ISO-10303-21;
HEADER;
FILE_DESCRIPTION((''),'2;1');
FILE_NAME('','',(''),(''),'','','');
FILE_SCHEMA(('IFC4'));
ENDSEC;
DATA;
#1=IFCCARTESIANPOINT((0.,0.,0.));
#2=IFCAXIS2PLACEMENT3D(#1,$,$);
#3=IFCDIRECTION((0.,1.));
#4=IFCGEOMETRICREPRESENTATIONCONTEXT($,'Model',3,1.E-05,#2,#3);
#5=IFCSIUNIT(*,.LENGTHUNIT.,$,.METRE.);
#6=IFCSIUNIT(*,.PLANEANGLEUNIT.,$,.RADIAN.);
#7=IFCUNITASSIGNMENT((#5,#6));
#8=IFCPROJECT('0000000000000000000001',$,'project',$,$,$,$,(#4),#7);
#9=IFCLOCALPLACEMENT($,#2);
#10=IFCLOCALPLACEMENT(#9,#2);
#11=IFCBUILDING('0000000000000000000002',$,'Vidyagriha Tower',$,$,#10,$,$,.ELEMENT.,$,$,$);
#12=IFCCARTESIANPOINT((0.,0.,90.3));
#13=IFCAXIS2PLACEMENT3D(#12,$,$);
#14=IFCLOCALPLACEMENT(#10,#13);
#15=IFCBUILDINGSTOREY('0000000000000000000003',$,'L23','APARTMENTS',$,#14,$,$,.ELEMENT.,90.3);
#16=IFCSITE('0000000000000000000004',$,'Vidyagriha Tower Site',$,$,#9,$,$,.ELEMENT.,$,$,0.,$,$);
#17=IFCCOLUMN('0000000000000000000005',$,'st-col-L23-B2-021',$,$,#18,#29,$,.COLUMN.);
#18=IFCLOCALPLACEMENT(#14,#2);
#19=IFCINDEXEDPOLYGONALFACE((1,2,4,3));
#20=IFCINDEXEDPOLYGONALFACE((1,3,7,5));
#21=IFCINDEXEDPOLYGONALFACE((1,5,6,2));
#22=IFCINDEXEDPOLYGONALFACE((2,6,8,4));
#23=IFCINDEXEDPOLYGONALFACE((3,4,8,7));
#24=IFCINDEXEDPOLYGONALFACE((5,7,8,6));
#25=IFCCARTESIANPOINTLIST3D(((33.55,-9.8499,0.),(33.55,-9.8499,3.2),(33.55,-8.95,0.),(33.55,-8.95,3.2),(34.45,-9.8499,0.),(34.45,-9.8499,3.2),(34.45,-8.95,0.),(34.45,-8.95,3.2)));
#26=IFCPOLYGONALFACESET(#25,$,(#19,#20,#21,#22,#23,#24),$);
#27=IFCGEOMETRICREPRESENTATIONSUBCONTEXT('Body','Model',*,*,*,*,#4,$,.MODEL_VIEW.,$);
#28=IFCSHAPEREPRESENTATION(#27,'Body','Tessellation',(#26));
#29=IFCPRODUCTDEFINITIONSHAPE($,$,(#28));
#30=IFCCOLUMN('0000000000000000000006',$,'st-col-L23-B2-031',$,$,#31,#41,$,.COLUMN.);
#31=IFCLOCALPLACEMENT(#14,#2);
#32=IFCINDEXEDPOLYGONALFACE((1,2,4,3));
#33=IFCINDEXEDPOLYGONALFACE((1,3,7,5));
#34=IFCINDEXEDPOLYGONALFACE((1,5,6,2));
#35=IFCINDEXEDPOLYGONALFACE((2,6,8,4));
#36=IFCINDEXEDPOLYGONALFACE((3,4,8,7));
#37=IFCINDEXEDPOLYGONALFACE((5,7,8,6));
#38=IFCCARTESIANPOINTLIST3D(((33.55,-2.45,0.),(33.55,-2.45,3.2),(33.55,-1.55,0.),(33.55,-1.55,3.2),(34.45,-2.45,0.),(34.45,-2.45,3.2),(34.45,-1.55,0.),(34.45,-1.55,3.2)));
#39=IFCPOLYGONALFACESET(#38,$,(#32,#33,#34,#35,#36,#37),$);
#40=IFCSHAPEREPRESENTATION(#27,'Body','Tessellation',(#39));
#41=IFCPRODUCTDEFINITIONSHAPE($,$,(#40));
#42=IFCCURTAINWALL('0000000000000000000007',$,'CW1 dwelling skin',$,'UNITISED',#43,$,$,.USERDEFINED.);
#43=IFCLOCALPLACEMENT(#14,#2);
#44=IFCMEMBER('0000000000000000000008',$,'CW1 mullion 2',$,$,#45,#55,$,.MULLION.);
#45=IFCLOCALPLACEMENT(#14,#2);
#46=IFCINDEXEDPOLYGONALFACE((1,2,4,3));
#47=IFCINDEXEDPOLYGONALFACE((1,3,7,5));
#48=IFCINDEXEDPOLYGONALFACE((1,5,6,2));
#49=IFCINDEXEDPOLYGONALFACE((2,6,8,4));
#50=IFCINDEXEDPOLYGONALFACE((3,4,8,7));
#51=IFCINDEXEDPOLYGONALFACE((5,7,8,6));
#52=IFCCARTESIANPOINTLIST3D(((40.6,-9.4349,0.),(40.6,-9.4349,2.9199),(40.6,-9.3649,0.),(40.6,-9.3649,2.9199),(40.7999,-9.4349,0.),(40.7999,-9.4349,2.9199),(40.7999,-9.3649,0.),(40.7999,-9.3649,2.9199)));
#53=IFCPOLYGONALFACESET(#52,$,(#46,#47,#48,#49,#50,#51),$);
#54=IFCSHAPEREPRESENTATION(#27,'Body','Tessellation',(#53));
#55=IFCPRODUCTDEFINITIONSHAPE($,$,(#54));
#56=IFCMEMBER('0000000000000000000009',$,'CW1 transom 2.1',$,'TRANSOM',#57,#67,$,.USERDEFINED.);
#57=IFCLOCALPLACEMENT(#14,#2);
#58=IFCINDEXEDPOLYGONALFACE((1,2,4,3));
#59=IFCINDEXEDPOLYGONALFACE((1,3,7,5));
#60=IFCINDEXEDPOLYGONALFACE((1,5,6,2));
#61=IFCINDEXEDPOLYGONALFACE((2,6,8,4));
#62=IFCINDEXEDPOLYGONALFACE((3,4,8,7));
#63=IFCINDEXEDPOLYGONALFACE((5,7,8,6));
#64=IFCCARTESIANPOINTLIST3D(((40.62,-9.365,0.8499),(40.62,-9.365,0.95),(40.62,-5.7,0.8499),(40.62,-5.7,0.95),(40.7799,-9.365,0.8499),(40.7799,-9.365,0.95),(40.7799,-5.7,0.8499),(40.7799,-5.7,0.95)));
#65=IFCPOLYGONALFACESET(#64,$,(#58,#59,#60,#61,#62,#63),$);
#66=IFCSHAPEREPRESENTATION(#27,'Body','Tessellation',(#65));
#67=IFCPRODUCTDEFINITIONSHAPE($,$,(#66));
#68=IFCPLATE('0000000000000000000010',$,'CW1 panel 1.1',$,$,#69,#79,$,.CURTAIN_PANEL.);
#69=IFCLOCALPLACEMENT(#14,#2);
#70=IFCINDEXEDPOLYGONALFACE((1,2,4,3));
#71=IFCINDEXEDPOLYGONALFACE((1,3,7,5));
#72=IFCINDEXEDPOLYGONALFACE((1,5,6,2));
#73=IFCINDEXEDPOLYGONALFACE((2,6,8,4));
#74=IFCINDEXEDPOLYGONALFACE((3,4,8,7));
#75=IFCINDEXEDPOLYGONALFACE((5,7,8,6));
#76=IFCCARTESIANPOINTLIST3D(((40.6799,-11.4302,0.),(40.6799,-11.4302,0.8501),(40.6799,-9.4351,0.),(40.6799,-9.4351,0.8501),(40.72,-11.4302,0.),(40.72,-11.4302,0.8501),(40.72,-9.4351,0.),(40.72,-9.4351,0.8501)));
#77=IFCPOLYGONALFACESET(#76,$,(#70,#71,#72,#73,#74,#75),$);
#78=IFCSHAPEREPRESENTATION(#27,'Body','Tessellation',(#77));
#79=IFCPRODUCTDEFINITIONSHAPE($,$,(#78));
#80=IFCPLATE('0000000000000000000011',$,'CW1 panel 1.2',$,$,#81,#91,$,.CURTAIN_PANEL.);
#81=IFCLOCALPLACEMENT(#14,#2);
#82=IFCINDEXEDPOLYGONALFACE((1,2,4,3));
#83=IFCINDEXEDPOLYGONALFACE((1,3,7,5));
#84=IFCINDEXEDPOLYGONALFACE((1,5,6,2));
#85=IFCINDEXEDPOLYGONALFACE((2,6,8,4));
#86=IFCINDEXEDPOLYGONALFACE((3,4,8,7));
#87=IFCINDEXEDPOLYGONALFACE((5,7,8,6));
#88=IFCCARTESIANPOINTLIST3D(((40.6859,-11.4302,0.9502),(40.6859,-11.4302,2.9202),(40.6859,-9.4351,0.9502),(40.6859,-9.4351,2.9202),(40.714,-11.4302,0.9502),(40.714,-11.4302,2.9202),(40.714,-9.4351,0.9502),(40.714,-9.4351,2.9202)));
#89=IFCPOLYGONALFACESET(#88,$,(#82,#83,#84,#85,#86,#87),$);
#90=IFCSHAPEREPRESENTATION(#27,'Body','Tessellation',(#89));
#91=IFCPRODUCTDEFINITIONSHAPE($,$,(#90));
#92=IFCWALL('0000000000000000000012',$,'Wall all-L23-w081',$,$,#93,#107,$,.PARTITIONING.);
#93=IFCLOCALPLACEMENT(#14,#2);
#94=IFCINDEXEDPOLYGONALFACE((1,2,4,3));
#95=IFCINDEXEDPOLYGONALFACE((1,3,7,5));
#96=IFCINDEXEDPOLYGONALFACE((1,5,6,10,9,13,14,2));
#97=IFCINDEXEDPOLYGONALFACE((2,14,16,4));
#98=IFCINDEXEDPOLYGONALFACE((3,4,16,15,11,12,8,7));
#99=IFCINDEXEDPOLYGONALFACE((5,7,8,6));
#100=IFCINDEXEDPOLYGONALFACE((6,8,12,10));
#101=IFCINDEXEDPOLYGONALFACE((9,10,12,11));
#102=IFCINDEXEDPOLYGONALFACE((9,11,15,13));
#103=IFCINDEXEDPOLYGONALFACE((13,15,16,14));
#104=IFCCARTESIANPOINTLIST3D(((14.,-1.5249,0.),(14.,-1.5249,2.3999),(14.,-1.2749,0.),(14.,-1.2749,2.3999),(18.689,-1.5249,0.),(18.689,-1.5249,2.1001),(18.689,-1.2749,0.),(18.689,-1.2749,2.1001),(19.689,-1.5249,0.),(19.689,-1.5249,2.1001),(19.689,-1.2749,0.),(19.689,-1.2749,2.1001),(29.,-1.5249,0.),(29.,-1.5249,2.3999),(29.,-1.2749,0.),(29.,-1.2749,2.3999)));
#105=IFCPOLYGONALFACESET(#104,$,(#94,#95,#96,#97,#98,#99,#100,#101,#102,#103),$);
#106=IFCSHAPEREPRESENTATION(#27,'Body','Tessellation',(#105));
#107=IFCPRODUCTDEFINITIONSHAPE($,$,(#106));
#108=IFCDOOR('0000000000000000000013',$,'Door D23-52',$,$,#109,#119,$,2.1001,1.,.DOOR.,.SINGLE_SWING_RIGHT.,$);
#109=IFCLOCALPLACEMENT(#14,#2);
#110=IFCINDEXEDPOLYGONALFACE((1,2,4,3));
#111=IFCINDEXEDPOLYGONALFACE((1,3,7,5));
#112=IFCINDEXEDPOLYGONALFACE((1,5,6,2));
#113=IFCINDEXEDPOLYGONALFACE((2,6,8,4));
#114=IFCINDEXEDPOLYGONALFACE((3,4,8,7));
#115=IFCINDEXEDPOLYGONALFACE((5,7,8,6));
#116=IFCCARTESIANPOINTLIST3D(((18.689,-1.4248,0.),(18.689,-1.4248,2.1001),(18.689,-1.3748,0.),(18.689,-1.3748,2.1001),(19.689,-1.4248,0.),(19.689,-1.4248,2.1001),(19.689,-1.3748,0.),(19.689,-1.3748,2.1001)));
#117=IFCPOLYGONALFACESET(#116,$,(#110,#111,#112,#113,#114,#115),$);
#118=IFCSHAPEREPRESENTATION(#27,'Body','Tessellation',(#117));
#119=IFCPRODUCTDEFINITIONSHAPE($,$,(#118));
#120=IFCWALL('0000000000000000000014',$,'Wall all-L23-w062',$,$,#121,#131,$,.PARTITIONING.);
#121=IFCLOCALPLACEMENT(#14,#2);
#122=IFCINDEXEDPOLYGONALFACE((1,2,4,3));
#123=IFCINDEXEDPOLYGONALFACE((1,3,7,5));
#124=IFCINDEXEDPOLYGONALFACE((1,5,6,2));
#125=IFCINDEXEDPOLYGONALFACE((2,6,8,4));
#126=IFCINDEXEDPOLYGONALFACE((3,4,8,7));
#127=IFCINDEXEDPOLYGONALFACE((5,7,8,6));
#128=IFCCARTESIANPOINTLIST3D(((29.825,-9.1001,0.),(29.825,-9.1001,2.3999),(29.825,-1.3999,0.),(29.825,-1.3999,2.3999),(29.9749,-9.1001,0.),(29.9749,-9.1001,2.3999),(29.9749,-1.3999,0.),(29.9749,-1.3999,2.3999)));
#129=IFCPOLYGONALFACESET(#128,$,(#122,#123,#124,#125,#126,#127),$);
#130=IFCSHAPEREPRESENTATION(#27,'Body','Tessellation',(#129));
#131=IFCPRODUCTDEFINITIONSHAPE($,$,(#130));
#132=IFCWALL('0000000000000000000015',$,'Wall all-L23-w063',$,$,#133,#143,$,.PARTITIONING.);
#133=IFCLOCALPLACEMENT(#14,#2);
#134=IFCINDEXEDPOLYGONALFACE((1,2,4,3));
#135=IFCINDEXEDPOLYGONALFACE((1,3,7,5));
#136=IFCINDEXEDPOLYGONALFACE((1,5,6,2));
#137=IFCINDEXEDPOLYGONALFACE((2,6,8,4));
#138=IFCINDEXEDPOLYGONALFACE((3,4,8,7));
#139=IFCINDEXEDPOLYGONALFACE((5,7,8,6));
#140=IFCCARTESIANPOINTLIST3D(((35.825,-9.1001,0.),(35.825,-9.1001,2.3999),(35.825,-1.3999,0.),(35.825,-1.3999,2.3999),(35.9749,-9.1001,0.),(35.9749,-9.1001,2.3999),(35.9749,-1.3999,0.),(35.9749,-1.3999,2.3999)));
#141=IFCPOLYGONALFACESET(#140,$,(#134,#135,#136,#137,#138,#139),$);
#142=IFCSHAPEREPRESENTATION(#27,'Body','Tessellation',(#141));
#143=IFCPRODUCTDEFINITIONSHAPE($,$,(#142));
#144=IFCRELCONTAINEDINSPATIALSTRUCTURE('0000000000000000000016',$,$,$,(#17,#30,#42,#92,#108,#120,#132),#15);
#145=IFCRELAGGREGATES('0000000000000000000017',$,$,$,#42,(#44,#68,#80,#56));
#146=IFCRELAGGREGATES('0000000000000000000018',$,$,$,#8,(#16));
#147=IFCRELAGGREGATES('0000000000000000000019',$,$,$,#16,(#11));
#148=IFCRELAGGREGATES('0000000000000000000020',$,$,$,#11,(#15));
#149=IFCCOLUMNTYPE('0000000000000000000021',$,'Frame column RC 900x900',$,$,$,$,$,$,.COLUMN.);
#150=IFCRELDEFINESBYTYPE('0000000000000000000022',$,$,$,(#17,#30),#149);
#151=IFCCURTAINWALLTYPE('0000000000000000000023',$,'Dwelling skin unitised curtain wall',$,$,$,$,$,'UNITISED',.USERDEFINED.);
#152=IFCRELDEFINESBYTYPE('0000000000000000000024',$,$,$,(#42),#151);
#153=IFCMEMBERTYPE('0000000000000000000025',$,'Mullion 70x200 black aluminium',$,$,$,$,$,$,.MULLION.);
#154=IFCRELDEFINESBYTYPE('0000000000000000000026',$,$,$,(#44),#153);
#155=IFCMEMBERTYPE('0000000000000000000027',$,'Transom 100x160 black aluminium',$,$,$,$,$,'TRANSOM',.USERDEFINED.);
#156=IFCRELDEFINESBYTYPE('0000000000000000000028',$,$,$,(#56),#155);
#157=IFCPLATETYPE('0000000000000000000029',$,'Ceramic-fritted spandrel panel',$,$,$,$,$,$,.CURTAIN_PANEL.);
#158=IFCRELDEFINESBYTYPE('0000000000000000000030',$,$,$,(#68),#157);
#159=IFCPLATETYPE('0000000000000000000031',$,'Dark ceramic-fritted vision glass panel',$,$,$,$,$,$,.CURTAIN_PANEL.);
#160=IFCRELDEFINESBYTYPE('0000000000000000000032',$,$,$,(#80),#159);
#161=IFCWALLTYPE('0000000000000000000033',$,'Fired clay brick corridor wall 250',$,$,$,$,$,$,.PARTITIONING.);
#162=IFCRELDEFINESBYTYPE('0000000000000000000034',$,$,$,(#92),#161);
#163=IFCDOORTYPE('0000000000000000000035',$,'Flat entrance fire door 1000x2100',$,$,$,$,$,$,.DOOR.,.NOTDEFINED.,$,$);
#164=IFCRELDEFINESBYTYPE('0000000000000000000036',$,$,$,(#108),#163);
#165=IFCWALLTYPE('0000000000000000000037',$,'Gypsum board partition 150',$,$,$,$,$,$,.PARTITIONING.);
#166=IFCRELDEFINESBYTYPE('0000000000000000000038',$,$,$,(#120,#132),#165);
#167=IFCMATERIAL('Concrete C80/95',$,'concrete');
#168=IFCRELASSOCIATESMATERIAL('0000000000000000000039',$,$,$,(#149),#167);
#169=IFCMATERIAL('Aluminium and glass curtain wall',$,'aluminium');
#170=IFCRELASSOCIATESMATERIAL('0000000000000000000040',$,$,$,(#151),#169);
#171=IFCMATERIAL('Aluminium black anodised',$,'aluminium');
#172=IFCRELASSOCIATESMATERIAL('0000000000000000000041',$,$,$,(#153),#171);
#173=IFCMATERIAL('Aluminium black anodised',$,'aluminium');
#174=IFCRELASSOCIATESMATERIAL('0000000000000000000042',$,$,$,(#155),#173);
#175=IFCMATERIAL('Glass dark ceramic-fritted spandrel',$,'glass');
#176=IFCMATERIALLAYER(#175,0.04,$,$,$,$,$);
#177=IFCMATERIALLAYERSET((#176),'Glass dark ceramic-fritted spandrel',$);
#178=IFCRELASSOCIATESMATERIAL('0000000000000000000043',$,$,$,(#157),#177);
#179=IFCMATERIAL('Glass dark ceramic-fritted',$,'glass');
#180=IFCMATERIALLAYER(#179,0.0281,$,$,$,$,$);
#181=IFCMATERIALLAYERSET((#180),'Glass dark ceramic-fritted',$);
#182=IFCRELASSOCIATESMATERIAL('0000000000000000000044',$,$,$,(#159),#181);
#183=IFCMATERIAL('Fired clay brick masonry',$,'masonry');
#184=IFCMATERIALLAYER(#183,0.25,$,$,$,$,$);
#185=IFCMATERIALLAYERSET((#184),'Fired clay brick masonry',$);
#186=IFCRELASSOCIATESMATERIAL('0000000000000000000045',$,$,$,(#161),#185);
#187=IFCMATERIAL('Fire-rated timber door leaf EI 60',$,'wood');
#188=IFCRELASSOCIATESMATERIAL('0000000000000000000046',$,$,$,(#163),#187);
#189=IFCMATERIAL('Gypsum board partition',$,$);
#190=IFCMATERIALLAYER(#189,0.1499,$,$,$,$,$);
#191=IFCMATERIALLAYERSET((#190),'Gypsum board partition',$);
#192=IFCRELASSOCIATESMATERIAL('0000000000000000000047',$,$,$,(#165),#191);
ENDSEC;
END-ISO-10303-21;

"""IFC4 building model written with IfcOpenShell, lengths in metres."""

from ifc_helpers import new_model, si_unit, direction, frame, frame_2d, origin, origin_2d, place, context, subcontext, project, spatial, rectangle, extrude, material, layer, layer_set, material_profile, profile_set, type_object, element, fill, aggregate, save


model = new_model("IFC4")

# Units and contexts
model_context = context("Model", 3, precision=1e-05, world=origin(), true_north=direction((0.0, 1.0)))
body_context = subcontext(model_context, "Body", "Model", "MODEL_VIEW")
ifc_project = project(units=[si_unit("LENGTHUNIT", "METRE"), si_unit("PLANEANGLEUNIT", "RADIAN")], contexts=[model_context])

# Site, building, storey
site_placement = place(None, origin())
site = spatial("IfcSite", under=ifc_project, at=site_placement, Name="Vidyagriha Tower Site", CompositionType="ELEMENT", RefElevation=0.0)
building_placement = place(site_placement, origin())
building = spatial("IfcBuilding", under=site, at=building_placement, Name="Vidyagriha Tower", CompositionType="ELEMENT")
storey_placement = place(building_placement, frame((0.0, 0.0, 90.3)))
storey = spatial("IfcBuildingStorey", under=building, at=storey_placement, Name="L23", Description="APARTMENTS", CompositionType="ELEMENT", Elevation=90.3)

# Columns
ifc_material_1 = material(Name="Concrete C80/95", Category="concrete")
ifc_material_profile_1 = material_profile(ifc_material_1, rectangle(XDim=0.8999, YDim=0.8999, at=origin_2d()), Name="RC 900x900")
ifc_profile_set_1 = profile_set([ifc_material_profile_1], Name="Concrete C80/95")
column_type = type_object("IfcColumnType", Name="Frame column RC 900x900", PredefinedType="COLUMN", material=ifc_profile_set_1)
for number, where, name in (
    (1, (34.0, -9.3999, 0.0), "st-col-L23-B2-021"),
    (2, (34.0, -2.0, 0.0), "st-col-L23-B2-031"),
):
    element("IfcColumn", number, at=place(storey_placement, frame(where)), inside=storey, type_object=column_type, Name=name, PredefinedType="COLUMN", context=body_context, shape_type="SweptSolid", body=[
        extrude(rectangle(XDim=0.8999, YDim=0.8999, at=origin_2d()), origin(), (0.0, 0.0, 1.0), 3.2),
    ])

# Curtain wall, members, plates
ifc_material_2 = material(Name="Aluminium and glass curtain wall", Category="aluminium")
curtain_wall_type = type_object("IfcCurtainWallType", Name="Dwelling skin unitised curtain wall", ElementType="UNITISED", PredefinedType="USERDEFINED", material=ifc_material_2)
curtain_wall_placement = place(storey_placement, origin())
curtain_wall = element("IfcCurtainWall", 3, at=curtain_wall_placement, inside=storey, type_object=curtain_wall_type, Name="CW1 dwelling skin", ObjectType="UNITISED", PredefinedType="USERDEFINED")
ifc_material_3 = material(Name="Aluminium black anodised", Category="aluminium")
ifc_material_profile_2 = material_profile(ifc_material_3, rectangle(XDim=0.2, YDim=0.0701, at=origin_2d()), Name="Mullion 70x200 black aluminium")
ifc_profile_set_2 = profile_set([ifc_material_profile_2], Name="Aluminium black anodised")
member_type_1 = type_object("IfcMemberType", Name="Mullion 70x200 black aluminium", PredefinedType="MULLION", material=ifc_profile_set_2)
member_1_placement = place(storey_placement, frame((40.7, -9.3999, 0.0), z_axis=(0.0, 0.0, 1.0), x_axis=(-1.0, 0.0, 0.0)))
member_1 = element("IfcMember", 4, at=member_1_placement, type_object=member_type_1, Name="CW1 mullion 2", PredefinedType="MULLION", context=body_context, shape_type="SweptSolid", body=[
    extrude(rectangle(XDim=0.2, YDim=0.0701, at=origin_2d()), origin(), (0.0, 0.0, 1.0), 2.9199),
])
ifc_material_4 = material(Name="Aluminium black anodised", Category="aluminium")
ifc_material_profile_3 = material_profile(ifc_material_4, rectangle(XDim=0.1599, YDim=0.1001, at=origin_2d()), Name="Transom 100x160 black aluminium")
ifc_profile_set_3 = profile_set([ifc_material_profile_3], Name="Aluminium black anodised")
member_type_2 = type_object("IfcMemberType", Name="Transom 100x160 black aluminium", ElementType="TRANSOM", PredefinedType="USERDEFINED", material=ifc_profile_set_3)
member_2_placement = place(storey_placement, frame((40.7, -9.365, 0.8999), z_axis=(0.0, 1.0, 0.0), x_axis=(-1.0, 0.0, 0.0)))
member_2 = element("IfcMember", 5, at=member_2_placement, type_object=member_type_2, Name="CW1 transom 2.1", ObjectType="TRANSOM", PredefinedType="USERDEFINED", context=body_context, shape_type="SweptSolid", body=[
    extrude(rectangle(XDim=0.1599, YDim=0.1001, at=origin_2d()), origin(), (0.0, 0.0, 1.0), 3.665),
])
ifc_material_5 = material(Name="Glass dark ceramic-fritted spandrel", Category="glass")
ifc_layer_1 = layer(ifc_material_5, 0.04)
ifc_layer_set_1 = layer_set([ifc_layer_1], Name="Glass dark ceramic-fritted spandrel")
plate_type_1 = type_object("IfcPlateType", Name="Ceramic-fritted spandrel panel", PredefinedType="CURTAIN_PANEL", material=ifc_layer_set_1)
plate_1_placement = place(storey_placement, frame((40.7, -10.4326, 0.0), z_axis=(0.0, 0.0, 1.0), x_axis=(0.0, 1.0, 0.0)))
plate_1 = element("IfcPlate", 6, at=plate_1_placement, type_object=plate_type_1, Name="CW1 panel 1.1", PredefinedType="CURTAIN_PANEL", context=body_context, shape_type="SweptSolid", body=[
    extrude(rectangle(XDim=1.9951, YDim=0.04, at=origin_2d()), origin(), (0.0, 0.0, 1.0), 0.8501),
])
ifc_material_6 = material(Name="Glass dark ceramic-fritted", Category="glass")
ifc_layer_2 = layer(ifc_material_6, 0.0281)
ifc_layer_set_2 = layer_set([ifc_layer_2], Name="Glass dark ceramic-fritted")
plate_type_2 = type_object("IfcPlateType", Name="Dark ceramic-fritted vision glass panel", PredefinedType="CURTAIN_PANEL", material=ifc_layer_set_2)
plate_2_placement = place(storey_placement, frame((40.7, -10.4326, 0.9502), z_axis=(0.0, 0.0, 1.0), x_axis=(0.0, 1.0, 0.0)))
plate_2 = element("IfcPlate", 7, at=plate_2_placement, type_object=plate_type_2, Name="CW1 panel 1.2", PredefinedType="CURTAIN_PANEL", context=body_context, shape_type="SweptSolid", body=[
    extrude(rectangle(XDim=1.9951, YDim=0.0281, at=origin_2d()), origin(), (0.0, 0.0, 1.0), 1.97),
])
aggregate(curtain_wall, [member_1, plate_1, plate_2, member_2])

# Wall, opening, door
ifc_material_7 = material(Name="Fired clay brick masonry", Category="masonry")
ifc_layer_3 = layer(ifc_material_7, 0.25)
ifc_layer_set_3 = layer_set([ifc_layer_3], Name="Fired clay brick masonry")
wall_type_1 = type_object("IfcWallType", Name="Fired clay brick corridor wall 250", PredefinedType="PARTITIONING", material=ifc_layer_set_3)
wall_1_placement = place(storey_placement, frame((29.0, -1.3999, 0.0), z_axis=(0.0, 0.0, 1.0), x_axis=(-1.0, 0.0, 0.0)))
wall_1 = element("IfcWall", 8, at=wall_1_placement, inside=storey, type_object=wall_type_1, Name="Wall all-L23-w081", PredefinedType="PARTITIONING", context=body_context, shape_type="SweptSolid", body=[
    extrude(rectangle(XDim=15.0, YDim=0.25, at=frame_2d((7.5, 0.0))), origin(), (0.0, 0.0, 1.0), 2.3999),
])
opening_1_placement = place(wall_1_placement, frame((9.311, 0.0, 0.0)))
opening_1 = element("IfcOpeningElement", 9, at=opening_1_placement, cuts=wall_1, PredefinedType="OPENING", context=body_context, shape_type="SweptSolid", body=[
    extrude(rectangle(XDim=1.0, YDim=2.1001, at=frame_2d((0.5, 1.05))), frame((0.0, 0.135, 0.0), z_axis=(0.0, -1.0, 0.0), x_axis=(1.0, 0.0, 0.0)), (0.0, 0.0, 1.0), 0.27),
])
ifc_material_8 = material(Name="Fire-rated timber door leaf EI 60", Category="wood")
door_type_1 = type_object("IfcDoorType", Name="Flat entrance fire door 1000x2100", OperationType="NOTDEFINED", PredefinedType="DOOR", material=ifc_material_8)
door_1_placement = place(opening_1_placement, origin())
door_1 = element("IfcDoor", 10, at=door_1_placement, inside=storey, type_object=door_type_1, Name="Door D23-52", OperationType="SINGLE_SWING_RIGHT", OverallHeight=2.1001, OverallWidth=1.0, PredefinedType="DOOR", context=body_context, shape_type="SweptSolid", body=[
    extrude(rectangle(XDim=1.0, YDim=2.1001, at=frame_2d((0.5, 1.05))), frame((0.0, 0.0249, 0.0), z_axis=(0.0, -1.0, 0.0), x_axis=(1.0, 0.0, 0.0)), (0.0, 0.0, 1.0), 0.05),
])
fill(opening_1, door_1)

# Walls
ifc_material_9 = material(Name="Gypsum board partition")
ifc_layer_4 = layer(ifc_material_9, 0.1499)
ifc_layer_set_4 = layer_set([ifc_layer_4], Name="Gypsum board partition")
wall_type_2 = type_object("IfcWallType", Name="Gypsum board partition 150", PredefinedType="PARTITIONING", material=ifc_layer_set_4)
for number, where, z_axis, x_axis, name in (
    (11, (29.8999, -1.3999, 0.0), (0.0, 0.0, 1.0), (0.0, -1.0, 0.0), "Wall all-L23-w062"),
    (12, (35.8999, -1.3999, 0.0), (0.0, 0.0, 1.0), (0.0, -1.0, 0.0), "Wall all-L23-w063"),
):
    element("IfcWall", number, at=place(storey_placement, frame(where, z_axis=z_axis, x_axis=x_axis)), inside=storey, type_object=wall_type_2, Name=name, PredefinedType="PARTITIONING", context=body_context, shape_type="SweptSolid", body=[
        extrude(rectangle(XDim=7.7002, YDim=0.1499, at=frame_2d((3.8501, 0.0))), origin(), (0.0, 0.0, 1.0), 2.3999),
    ])

save(model, "model.ifc")
